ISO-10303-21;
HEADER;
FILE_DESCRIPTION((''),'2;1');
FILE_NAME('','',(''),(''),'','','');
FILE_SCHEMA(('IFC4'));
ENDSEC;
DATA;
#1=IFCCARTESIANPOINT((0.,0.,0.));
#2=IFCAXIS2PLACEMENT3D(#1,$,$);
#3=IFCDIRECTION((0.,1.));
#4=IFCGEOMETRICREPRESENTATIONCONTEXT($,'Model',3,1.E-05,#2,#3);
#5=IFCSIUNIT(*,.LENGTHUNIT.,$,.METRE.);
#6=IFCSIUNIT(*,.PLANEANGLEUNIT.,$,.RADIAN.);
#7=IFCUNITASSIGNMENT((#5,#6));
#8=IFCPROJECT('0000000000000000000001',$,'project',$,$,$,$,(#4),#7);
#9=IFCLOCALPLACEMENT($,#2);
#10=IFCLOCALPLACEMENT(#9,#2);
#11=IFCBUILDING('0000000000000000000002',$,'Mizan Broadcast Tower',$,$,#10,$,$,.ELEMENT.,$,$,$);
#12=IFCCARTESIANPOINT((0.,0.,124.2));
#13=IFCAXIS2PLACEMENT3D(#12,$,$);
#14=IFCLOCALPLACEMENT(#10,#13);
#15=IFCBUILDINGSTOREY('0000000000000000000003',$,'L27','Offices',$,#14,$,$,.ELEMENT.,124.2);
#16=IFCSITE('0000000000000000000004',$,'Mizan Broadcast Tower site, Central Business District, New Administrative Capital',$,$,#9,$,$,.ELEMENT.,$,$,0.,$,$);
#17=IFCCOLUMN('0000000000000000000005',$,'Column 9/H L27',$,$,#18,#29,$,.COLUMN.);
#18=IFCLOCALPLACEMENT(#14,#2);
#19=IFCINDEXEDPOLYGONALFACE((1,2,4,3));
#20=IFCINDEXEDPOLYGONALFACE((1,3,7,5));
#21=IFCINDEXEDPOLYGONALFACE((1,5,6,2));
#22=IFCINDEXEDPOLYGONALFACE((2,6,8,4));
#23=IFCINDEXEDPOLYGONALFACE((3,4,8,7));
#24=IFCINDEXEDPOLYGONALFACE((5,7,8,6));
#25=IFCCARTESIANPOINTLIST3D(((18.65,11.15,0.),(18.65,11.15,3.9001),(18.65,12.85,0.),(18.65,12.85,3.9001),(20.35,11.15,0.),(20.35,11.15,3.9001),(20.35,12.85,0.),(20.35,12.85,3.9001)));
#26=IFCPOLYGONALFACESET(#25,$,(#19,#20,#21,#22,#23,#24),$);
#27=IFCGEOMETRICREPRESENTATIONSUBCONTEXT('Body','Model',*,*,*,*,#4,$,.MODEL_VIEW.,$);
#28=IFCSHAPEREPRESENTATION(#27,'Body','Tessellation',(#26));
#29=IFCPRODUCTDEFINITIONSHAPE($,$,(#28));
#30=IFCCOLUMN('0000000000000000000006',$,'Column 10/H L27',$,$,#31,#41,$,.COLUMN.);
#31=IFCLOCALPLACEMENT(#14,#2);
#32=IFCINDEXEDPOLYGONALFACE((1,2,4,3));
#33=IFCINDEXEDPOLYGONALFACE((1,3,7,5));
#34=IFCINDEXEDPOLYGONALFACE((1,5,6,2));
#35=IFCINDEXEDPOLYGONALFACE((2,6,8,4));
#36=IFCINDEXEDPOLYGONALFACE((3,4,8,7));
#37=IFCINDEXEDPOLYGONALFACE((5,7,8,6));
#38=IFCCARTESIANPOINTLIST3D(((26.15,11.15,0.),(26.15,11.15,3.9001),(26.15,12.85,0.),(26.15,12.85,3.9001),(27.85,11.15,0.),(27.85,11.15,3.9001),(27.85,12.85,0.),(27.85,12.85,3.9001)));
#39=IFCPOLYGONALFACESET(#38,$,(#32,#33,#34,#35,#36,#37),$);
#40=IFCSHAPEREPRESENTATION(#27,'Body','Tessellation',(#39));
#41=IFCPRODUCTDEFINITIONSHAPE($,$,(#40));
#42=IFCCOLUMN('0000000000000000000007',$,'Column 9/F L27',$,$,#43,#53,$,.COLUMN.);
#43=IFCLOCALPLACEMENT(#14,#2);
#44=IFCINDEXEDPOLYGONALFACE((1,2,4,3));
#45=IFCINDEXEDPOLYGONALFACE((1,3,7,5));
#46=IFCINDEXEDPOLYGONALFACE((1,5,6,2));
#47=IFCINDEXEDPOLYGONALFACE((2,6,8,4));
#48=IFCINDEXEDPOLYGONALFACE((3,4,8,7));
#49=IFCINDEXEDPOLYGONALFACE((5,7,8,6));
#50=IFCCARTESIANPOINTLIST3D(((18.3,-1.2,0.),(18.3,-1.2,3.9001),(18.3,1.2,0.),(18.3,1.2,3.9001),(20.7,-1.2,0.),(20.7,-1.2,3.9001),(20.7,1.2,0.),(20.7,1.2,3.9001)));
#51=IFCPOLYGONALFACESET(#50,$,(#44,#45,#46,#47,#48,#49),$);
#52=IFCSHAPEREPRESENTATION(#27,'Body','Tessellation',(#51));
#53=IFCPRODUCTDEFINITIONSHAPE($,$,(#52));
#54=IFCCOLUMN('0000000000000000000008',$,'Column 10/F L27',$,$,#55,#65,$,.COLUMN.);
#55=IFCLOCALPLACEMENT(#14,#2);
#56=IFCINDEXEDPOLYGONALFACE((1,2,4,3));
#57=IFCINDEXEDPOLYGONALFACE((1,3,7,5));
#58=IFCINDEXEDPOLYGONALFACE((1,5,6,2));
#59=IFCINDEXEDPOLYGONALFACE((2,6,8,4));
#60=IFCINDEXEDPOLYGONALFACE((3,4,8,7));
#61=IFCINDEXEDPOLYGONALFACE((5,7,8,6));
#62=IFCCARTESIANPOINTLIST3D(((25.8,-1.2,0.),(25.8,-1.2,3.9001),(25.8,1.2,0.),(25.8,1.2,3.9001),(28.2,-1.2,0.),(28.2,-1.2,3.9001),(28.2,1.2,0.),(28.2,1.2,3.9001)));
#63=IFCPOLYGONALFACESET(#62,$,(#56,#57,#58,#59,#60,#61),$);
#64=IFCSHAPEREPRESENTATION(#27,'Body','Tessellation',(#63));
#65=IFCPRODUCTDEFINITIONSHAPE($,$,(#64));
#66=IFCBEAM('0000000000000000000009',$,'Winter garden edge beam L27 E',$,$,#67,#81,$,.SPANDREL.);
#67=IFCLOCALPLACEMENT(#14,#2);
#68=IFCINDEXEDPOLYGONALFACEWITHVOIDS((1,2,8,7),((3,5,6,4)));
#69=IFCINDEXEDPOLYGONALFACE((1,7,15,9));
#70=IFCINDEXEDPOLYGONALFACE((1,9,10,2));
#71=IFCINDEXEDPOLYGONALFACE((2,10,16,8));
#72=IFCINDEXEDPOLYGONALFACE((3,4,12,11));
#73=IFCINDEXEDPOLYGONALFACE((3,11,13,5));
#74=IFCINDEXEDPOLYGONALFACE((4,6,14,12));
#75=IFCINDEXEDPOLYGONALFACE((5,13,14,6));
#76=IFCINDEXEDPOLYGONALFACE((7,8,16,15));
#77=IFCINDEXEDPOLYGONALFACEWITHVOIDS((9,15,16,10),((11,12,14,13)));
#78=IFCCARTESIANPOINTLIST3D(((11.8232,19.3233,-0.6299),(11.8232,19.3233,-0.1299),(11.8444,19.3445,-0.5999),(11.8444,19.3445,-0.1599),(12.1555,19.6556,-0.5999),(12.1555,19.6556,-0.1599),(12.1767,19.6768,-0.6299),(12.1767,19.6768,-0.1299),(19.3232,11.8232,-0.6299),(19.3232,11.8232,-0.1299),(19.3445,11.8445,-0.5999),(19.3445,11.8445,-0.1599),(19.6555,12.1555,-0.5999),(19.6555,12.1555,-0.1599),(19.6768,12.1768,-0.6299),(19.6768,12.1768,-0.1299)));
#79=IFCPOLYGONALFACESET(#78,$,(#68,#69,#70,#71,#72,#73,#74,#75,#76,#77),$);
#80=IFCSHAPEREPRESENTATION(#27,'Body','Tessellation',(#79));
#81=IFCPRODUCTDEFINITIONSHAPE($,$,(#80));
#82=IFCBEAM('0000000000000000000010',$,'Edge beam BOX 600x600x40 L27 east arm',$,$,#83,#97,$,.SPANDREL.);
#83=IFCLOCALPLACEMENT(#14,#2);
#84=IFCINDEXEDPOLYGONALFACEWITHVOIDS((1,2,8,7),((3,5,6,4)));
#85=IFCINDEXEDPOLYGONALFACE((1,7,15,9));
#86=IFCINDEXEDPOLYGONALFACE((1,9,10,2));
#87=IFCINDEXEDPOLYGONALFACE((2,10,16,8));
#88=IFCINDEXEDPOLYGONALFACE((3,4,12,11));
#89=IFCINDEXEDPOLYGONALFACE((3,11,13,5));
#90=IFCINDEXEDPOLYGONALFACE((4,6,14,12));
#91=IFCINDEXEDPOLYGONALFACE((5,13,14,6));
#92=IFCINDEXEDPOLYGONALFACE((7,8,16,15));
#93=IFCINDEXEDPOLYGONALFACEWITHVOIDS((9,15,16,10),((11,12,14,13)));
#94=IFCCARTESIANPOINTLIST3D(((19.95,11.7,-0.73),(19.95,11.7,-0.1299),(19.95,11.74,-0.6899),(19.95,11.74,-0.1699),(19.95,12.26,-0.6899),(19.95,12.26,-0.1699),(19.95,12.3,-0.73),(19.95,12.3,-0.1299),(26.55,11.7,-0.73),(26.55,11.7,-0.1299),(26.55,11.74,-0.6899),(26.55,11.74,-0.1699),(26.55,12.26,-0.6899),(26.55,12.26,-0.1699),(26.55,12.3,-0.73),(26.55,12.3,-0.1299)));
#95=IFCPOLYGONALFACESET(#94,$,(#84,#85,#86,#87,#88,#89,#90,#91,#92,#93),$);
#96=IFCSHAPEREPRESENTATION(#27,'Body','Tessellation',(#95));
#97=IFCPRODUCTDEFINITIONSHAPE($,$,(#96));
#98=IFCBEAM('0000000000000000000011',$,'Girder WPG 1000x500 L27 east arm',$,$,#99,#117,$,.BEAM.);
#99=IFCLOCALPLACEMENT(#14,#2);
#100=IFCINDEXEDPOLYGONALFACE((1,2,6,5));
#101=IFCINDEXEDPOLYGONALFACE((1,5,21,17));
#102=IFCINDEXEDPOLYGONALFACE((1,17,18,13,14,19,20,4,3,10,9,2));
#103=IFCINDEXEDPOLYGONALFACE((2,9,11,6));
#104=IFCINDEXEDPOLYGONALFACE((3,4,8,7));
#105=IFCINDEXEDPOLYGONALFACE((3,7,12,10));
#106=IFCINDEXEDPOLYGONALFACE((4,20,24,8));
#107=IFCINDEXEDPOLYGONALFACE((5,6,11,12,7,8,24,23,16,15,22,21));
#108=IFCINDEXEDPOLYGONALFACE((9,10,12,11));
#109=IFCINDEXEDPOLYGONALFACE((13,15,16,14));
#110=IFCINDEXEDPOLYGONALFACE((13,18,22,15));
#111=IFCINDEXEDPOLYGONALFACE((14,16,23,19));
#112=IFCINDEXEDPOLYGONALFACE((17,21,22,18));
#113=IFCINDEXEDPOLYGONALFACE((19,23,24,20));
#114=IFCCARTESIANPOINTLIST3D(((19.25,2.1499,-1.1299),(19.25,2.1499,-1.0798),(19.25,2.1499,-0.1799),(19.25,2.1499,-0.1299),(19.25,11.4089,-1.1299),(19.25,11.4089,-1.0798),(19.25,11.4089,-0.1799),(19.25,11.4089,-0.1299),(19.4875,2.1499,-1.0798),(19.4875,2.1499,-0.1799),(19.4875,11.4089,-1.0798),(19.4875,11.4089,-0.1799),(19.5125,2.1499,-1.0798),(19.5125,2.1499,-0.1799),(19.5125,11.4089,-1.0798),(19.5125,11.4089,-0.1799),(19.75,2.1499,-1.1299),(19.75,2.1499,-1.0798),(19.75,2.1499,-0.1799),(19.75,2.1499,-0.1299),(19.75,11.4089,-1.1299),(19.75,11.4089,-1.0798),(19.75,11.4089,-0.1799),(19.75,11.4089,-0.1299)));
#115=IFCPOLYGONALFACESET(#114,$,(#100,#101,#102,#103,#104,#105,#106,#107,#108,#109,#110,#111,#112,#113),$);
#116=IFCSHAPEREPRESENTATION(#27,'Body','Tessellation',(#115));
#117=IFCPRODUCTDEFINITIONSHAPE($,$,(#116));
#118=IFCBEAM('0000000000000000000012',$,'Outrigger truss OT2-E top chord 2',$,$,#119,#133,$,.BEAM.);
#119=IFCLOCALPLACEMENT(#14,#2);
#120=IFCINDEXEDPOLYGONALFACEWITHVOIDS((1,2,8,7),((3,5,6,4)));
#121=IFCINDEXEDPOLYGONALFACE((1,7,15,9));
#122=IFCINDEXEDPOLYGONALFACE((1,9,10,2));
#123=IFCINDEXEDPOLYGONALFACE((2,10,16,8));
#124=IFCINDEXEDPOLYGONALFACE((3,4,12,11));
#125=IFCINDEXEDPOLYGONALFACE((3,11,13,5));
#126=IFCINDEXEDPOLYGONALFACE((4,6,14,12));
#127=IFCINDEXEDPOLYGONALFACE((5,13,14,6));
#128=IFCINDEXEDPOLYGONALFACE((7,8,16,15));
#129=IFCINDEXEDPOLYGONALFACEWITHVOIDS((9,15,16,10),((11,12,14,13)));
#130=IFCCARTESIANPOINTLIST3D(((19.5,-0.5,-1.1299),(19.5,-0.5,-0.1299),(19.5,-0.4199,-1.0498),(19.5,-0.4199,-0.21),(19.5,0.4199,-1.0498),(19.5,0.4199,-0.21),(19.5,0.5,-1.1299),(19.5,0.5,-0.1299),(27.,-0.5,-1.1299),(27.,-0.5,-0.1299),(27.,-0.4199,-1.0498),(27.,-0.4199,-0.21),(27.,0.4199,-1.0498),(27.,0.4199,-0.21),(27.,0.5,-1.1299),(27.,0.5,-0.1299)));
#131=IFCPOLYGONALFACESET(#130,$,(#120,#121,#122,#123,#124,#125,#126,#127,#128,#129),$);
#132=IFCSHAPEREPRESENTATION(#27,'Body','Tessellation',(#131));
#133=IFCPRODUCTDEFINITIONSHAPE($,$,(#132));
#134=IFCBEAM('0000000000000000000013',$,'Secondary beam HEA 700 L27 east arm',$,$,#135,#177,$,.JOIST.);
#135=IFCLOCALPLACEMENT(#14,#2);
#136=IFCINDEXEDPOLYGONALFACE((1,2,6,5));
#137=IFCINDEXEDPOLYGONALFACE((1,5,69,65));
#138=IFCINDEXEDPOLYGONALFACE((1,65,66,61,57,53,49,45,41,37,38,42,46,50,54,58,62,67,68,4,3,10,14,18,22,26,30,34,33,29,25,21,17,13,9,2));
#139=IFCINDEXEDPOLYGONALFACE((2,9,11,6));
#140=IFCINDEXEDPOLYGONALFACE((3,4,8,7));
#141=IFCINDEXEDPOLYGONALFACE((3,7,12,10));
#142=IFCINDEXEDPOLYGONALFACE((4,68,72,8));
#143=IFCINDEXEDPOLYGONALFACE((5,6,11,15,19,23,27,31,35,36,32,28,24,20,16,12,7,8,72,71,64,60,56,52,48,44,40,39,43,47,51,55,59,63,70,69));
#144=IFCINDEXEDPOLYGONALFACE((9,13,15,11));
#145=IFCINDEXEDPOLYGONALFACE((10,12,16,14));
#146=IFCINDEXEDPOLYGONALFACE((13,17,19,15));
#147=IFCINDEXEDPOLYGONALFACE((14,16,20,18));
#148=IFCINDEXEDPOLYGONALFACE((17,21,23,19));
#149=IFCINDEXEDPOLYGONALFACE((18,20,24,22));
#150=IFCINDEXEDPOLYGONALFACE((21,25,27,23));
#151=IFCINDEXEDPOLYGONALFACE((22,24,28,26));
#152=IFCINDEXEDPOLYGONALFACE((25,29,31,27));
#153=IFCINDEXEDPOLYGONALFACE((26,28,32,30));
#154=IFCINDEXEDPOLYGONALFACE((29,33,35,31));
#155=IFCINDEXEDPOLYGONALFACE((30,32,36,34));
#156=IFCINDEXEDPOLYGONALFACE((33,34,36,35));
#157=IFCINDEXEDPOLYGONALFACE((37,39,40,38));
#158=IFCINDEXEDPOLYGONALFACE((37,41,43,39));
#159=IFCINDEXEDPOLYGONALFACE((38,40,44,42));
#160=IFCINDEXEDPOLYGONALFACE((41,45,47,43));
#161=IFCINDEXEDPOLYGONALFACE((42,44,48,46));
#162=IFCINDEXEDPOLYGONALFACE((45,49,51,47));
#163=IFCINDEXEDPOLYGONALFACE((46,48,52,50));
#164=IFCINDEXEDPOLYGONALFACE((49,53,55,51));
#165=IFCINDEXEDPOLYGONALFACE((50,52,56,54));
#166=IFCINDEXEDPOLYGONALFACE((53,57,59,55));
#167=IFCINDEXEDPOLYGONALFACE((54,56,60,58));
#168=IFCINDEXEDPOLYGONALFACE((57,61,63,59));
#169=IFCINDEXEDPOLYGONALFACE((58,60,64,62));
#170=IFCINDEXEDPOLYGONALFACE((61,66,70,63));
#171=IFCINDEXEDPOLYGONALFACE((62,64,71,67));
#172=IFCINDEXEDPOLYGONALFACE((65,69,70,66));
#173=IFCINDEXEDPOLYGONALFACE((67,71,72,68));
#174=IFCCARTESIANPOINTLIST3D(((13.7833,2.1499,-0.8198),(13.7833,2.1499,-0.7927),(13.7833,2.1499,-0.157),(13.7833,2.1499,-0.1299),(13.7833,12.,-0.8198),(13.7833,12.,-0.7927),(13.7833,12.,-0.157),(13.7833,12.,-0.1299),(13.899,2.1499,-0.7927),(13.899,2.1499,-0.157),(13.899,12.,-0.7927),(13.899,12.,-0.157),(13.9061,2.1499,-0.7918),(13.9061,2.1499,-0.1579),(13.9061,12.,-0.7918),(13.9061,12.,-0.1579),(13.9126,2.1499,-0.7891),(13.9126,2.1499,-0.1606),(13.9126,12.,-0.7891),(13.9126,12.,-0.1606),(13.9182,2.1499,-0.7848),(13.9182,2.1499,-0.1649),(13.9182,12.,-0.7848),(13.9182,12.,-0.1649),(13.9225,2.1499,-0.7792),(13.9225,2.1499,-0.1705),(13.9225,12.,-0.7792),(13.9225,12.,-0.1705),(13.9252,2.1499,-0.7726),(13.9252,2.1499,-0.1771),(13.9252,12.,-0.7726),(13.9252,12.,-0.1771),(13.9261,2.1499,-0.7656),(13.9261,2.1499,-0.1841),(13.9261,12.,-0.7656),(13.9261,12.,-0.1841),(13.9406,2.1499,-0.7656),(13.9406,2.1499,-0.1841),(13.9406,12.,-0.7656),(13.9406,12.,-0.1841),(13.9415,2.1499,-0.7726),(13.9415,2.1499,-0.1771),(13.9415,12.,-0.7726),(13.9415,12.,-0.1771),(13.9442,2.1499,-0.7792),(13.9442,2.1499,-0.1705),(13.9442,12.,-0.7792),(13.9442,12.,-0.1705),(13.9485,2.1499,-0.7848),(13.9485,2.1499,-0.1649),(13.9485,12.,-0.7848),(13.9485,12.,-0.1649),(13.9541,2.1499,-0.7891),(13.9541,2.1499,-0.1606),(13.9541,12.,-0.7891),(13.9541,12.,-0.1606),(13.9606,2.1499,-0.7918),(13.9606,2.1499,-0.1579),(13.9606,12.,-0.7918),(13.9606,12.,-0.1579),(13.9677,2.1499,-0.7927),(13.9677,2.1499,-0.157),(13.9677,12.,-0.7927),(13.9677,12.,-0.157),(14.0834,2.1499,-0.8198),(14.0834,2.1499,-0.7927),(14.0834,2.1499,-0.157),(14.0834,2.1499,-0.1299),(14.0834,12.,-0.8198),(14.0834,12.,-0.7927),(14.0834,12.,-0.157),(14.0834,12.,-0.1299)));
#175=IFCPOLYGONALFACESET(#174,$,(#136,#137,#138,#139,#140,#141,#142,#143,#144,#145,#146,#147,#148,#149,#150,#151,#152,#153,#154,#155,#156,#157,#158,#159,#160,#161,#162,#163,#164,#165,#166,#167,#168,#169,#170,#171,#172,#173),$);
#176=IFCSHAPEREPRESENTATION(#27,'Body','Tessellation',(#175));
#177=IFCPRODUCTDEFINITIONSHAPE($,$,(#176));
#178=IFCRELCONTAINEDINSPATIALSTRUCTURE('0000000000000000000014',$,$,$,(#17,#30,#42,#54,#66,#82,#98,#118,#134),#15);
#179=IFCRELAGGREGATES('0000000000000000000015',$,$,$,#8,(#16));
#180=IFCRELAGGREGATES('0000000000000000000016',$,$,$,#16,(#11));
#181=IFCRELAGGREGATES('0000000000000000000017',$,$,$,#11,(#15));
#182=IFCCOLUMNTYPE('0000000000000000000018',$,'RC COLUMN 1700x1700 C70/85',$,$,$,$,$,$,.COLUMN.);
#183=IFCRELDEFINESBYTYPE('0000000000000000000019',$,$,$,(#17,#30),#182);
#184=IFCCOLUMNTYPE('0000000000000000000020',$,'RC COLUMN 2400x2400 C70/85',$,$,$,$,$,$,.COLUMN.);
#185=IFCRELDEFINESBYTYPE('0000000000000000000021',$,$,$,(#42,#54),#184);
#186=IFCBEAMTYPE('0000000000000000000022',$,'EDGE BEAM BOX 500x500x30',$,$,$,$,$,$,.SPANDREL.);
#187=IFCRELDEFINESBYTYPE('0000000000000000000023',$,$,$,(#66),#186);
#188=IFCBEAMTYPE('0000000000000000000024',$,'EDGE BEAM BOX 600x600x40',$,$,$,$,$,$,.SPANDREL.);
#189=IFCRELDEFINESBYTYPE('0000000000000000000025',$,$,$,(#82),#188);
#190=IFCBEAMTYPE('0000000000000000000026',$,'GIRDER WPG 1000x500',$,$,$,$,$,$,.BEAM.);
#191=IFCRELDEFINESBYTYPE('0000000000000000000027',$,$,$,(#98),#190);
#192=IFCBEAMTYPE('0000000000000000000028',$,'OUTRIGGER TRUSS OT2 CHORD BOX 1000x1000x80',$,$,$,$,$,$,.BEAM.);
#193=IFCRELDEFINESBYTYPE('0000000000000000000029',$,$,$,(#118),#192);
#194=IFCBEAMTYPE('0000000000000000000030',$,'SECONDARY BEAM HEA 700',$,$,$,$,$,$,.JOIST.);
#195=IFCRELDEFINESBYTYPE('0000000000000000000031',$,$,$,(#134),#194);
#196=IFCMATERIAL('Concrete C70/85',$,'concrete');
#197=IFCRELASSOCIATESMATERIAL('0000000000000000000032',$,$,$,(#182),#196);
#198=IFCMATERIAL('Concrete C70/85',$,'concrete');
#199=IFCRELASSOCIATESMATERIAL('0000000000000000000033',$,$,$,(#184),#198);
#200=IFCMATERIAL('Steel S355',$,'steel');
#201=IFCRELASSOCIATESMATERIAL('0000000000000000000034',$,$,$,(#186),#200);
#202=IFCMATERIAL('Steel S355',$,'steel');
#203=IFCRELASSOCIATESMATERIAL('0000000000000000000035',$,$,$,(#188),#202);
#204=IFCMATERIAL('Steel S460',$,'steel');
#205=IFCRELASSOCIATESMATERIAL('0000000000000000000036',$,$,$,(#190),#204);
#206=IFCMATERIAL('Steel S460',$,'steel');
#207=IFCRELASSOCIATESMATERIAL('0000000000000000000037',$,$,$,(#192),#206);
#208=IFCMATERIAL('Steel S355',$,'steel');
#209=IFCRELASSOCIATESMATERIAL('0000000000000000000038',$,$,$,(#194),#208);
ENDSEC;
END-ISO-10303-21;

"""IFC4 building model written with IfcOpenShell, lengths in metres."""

from ifc_helpers import new_model, si_unit, direction, frame, origin, origin_2d, place, context, subcontext, project, spatial, rectangle, hollow_rectangle, i_section, extrude, material, material_profile, profile_set, type_object, element, save


model = new_model("IFC4")

# Units and contexts
model_context = context("Model", 3, precision=1e-05, world=origin(), true_north=direction((0.0, 1.0)))
body_context = subcontext(model_context, "Body", "Model", "MODEL_VIEW")
ifc_project = project(units=[si_unit("LENGTHUNIT", "METRE"), si_unit("PLANEANGLEUNIT", "RADIAN")], contexts=[model_context])

# Site, building, storey
site_placement = place(None, origin())
site = spatial("IfcSite", under=ifc_project, at=site_placement, Name="Mizan Broadcast Tower site, Central Business District, New Administrative Capital", CompositionType="ELEMENT", RefElevation=0.0)
building_placement = place(site_placement, origin())
building = spatial("IfcBuilding", under=site, at=building_placement, Name="Mizan Broadcast Tower", CompositionType="ELEMENT")
storey_placement = place(building_placement, frame((0.0, 0.0, 124.2)))
storey = spatial("IfcBuildingStorey", under=building, at=storey_placement, Name="L27", Description="Offices", CompositionType="ELEMENT", Elevation=124.2)

# Columns
ifc_material_1 = material(Name="Concrete C70/85", Category="concrete")
ifc_material_profile_1 = material_profile(ifc_material_1, rectangle(XDim=1.7, YDim=1.7, at=origin_2d()), Name="RC 1700x1700")
ifc_profile_set_1 = profile_set([ifc_material_profile_1], Name="Concrete C70/85")
column_type_1 = type_object("IfcColumnType", Name="RC COLUMN 1700x1700 C70/85", PredefinedType="COLUMN", material=ifc_profile_set_1)
for number, where, z_axis, x_axis, name in (
    (1, (19.5, 12.0, 0.0), (0.0, 0.0, 1.0), (1.0, 0.0, 0.0), "Column 9/H L27"),
    (2, (27.0, 12.0, 0.0), (0.0, 0.0, 1.0), (1.0, 0.0, 0.0), "Column 10/H L27"),
):
    element("IfcColumn", number, at=place(storey_placement, frame(where, z_axis=z_axis, x_axis=x_axis)), inside=storey, type_object=column_type_1, Name=name, PredefinedType="COLUMN", context=body_context, shape_type="SweptSolid", body=[
        extrude(rectangle(XDim=1.7, YDim=1.7, at=origin_2d()), origin(), (0.0, 0.0, 1.0), 3.9001),
    ])
ifc_material_2 = material(Name="Concrete C70/85", Category="concrete")
ifc_material_profile_2 = material_profile(ifc_material_2, rectangle(XDim=2.3999, YDim=2.3999, at=origin_2d()), Name="RC 2400x2400")
ifc_profile_set_2 = profile_set([ifc_material_profile_2], Name="Concrete C70/85")
column_type_2 = type_object("IfcColumnType", Name="RC COLUMN 2400x2400 C70/85", PredefinedType="COLUMN", material=ifc_profile_set_2)
for number, where, z_axis, x_axis, name in (
    (3, (19.5, 0.0, 0.0), (0.0, 0.0, 1.0), (1.0, 0.0, 0.0), "Column 9/F L27"),
    (4, (27.0, 0.0, 0.0), (0.0, 0.0, 1.0), (1.0, 0.0, 0.0), "Column 10/F L27"),
):
    element("IfcColumn", number, at=place(storey_placement, frame(where, z_axis=z_axis, x_axis=x_axis)), inside=storey, type_object=column_type_2, Name=name, PredefinedType="COLUMN", context=body_context, shape_type="SweptSolid", body=[
        extrude(rectangle(XDim=2.3999, YDim=2.3999, at=origin_2d()), origin(), (0.0, 0.0, 1.0), 3.9001),
    ])

# Beams
ifc_material_3 = material(Name="Steel S355", Category="steel")
ifc_material_profile_3 = material_profile(ifc_material_3, hollow_rectangle(XDim=0.5, YDim=0.5, WallThickness=0.03, at=origin_2d()), Name="BOX 500x500x30")
ifc_profile_set_3 = profile_set([ifc_material_profile_3], Name="Steel S355")
beam_type_1 = type_object("IfcBeamType", Name="EDGE BEAM BOX 500x500x30", PredefinedType="SPANDREL", material=ifc_profile_set_3)
beam_1_placement = place(storey_placement, frame((19.5, 12.0, -0.3799), z_axis=(-0.707107, 0.707107, 0.0), x_axis=(-0.707107, -0.707107, 0.0)))
element("IfcBeam", 5, at=beam_1_placement, inside=storey, type_object=beam_type_1, Name="Winter garden edge beam L27 E", PredefinedType="SPANDREL", context=body_context, shape_type="SweptSolid", body=[
    extrude(hollow_rectangle(XDim=0.5, YDim=0.5, WallThickness=0.03, at=origin_2d()), origin(), (0.0, 0.0, 1.0), 10.6067),
])
ifc_material_4 = material(Name="Steel S355", Category="steel")
ifc_material_profile_4 = material_profile(ifc_material_4, hollow_rectangle(XDim=0.6001, YDim=0.6001, WallThickness=0.04, at=origin_2d()), Name="BOX 600x600x40")
ifc_profile_set_4 = profile_set([ifc_material_profile_4], Name="Steel S355")
beam_type_2 = type_object("IfcBeamType", Name="EDGE BEAM BOX 600x600x40", PredefinedType="SPANDREL", material=ifc_profile_set_4)
beam_2_placement = place(storey_placement, frame((19.95, 12.0, -0.4299), z_axis=(1.0, 0.0, 0.0), x_axis=(0.0, 1.0, 0.0)))
element("IfcBeam", 6, at=beam_2_placement, inside=storey, type_object=beam_type_2, Name="Edge beam BOX 600x600x40 L27 east arm", PredefinedType="SPANDREL", context=body_context, shape_type="SweptSolid", body=[
    extrude(hollow_rectangle(XDim=0.6001, YDim=0.6001, WallThickness=0.04, at=origin_2d()), origin(), (0.0, 0.0, 1.0), 6.6001),
])
ifc_material_5 = material(Name="Steel S460", Category="steel")
ifc_material_profile_5 = material_profile(ifc_material_5, i_section(OverallWidth=0.5, OverallDepth=1.0, WebThickness=0.0249, FlangeThickness=0.05, at=origin_2d()), Name="WPG 1000x500")
ifc_profile_set_5 = profile_set([ifc_material_profile_5], Name="Steel S460")
beam_type_3 = type_object("IfcBeamType", Name="GIRDER WPG 1000x500", PredefinedType="BEAM", material=ifc_profile_set_5)
beam_3_placement = place(storey_placement, frame((19.5, 11.4089, -0.6299), z_axis=(0.0, -1.0, 0.0), x_axis=(1.0, 0.0, 0.0)))
element("IfcBeam", 7, at=beam_3_placement, inside=storey, type_object=beam_type_3, Name="Girder WPG 1000x500 L27 east arm", PredefinedType="BEAM", context=body_context, shape_type="SweptSolid", body=[
    extrude(i_section(OverallWidth=0.5, OverallDepth=1.0, WebThickness=0.0249, FlangeThickness=0.05, at=origin_2d()), origin(), (0.0, 0.0, 1.0), 9.259),
])
ifc_material_6 = material(Name="Steel S460", Category="steel")
ifc_material_profile_6 = material_profile(ifc_material_6, hollow_rectangle(XDim=1.0, YDim=1.0, WallThickness=0.0801, at=origin_2d()), Name="BOX 1000x1000x80")
ifc_profile_set_6 = profile_set([ifc_material_profile_6], Name="Steel S460")
beam_type_4 = type_object("IfcBeamType", Name="OUTRIGGER TRUSS OT2 CHORD BOX 1000x1000x80", PredefinedType="BEAM", material=ifc_profile_set_6)
beam_4_placement = place(storey_placement, frame((19.5, 0.0, -0.6299), z_axis=(1.0, 0.0, 0.0), x_axis=(0.0, 1.0, 0.0)))
element("IfcBeam", 8, at=beam_4_placement, inside=storey, type_object=beam_type_4, Name="Outrigger truss OT2-E top chord 2", PredefinedType="BEAM", context=body_context, shape_type="SweptSolid", body=[
    extrude(hollow_rectangle(XDim=1.0, YDim=1.0, WallThickness=0.0801, at=origin_2d()), origin(), (0.0, 0.0, 1.0), 7.5),
])
ifc_material_7 = material(Name="Steel S355", Category="steel")
ifc_material_profile_7 = material_profile(ifc_material_7, i_section(OverallWidth=0.3, OverallDepth=0.6899, WebThickness=0.0144, FlangeThickness=0.0271, FilletRadius=0.0271, at=origin_2d()), Name="HEA 700")
ifc_profile_set_7 = profile_set([ifc_material_profile_7], Name="Steel S355")
beam_type_5 = type_object("IfcBeamType", Name="SECONDARY BEAM HEA 700", PredefinedType="JOIST", material=ifc_profile_set_7)
for number, where, z_axis, x_axis, name in (
    (9, (13.9333, 12.0, -0.4749), (0.0, -1.0, 0.0), (1.0, 0.0, 0.0), "Secondary beam HEA 700 L27 east arm"),
):
    element("IfcBeam", number, at=place(storey_placement, frame(where, z_axis=z_axis, x_axis=x_axis)), inside=storey, type_object=beam_type_5, Name=name, PredefinedType="JOIST", context=body_context, shape_type="SweptSolid", body=[
        extrude(i_section(OverallWidth=0.3, OverallDepth=0.6899, WebThickness=0.0144, FlangeThickness=0.0271, FilletRadius=0.0271, at=origin_2d()), origin(), (0.0, 0.0, 1.0), 9.8501),
    ])

save(model, "model.ifc")
